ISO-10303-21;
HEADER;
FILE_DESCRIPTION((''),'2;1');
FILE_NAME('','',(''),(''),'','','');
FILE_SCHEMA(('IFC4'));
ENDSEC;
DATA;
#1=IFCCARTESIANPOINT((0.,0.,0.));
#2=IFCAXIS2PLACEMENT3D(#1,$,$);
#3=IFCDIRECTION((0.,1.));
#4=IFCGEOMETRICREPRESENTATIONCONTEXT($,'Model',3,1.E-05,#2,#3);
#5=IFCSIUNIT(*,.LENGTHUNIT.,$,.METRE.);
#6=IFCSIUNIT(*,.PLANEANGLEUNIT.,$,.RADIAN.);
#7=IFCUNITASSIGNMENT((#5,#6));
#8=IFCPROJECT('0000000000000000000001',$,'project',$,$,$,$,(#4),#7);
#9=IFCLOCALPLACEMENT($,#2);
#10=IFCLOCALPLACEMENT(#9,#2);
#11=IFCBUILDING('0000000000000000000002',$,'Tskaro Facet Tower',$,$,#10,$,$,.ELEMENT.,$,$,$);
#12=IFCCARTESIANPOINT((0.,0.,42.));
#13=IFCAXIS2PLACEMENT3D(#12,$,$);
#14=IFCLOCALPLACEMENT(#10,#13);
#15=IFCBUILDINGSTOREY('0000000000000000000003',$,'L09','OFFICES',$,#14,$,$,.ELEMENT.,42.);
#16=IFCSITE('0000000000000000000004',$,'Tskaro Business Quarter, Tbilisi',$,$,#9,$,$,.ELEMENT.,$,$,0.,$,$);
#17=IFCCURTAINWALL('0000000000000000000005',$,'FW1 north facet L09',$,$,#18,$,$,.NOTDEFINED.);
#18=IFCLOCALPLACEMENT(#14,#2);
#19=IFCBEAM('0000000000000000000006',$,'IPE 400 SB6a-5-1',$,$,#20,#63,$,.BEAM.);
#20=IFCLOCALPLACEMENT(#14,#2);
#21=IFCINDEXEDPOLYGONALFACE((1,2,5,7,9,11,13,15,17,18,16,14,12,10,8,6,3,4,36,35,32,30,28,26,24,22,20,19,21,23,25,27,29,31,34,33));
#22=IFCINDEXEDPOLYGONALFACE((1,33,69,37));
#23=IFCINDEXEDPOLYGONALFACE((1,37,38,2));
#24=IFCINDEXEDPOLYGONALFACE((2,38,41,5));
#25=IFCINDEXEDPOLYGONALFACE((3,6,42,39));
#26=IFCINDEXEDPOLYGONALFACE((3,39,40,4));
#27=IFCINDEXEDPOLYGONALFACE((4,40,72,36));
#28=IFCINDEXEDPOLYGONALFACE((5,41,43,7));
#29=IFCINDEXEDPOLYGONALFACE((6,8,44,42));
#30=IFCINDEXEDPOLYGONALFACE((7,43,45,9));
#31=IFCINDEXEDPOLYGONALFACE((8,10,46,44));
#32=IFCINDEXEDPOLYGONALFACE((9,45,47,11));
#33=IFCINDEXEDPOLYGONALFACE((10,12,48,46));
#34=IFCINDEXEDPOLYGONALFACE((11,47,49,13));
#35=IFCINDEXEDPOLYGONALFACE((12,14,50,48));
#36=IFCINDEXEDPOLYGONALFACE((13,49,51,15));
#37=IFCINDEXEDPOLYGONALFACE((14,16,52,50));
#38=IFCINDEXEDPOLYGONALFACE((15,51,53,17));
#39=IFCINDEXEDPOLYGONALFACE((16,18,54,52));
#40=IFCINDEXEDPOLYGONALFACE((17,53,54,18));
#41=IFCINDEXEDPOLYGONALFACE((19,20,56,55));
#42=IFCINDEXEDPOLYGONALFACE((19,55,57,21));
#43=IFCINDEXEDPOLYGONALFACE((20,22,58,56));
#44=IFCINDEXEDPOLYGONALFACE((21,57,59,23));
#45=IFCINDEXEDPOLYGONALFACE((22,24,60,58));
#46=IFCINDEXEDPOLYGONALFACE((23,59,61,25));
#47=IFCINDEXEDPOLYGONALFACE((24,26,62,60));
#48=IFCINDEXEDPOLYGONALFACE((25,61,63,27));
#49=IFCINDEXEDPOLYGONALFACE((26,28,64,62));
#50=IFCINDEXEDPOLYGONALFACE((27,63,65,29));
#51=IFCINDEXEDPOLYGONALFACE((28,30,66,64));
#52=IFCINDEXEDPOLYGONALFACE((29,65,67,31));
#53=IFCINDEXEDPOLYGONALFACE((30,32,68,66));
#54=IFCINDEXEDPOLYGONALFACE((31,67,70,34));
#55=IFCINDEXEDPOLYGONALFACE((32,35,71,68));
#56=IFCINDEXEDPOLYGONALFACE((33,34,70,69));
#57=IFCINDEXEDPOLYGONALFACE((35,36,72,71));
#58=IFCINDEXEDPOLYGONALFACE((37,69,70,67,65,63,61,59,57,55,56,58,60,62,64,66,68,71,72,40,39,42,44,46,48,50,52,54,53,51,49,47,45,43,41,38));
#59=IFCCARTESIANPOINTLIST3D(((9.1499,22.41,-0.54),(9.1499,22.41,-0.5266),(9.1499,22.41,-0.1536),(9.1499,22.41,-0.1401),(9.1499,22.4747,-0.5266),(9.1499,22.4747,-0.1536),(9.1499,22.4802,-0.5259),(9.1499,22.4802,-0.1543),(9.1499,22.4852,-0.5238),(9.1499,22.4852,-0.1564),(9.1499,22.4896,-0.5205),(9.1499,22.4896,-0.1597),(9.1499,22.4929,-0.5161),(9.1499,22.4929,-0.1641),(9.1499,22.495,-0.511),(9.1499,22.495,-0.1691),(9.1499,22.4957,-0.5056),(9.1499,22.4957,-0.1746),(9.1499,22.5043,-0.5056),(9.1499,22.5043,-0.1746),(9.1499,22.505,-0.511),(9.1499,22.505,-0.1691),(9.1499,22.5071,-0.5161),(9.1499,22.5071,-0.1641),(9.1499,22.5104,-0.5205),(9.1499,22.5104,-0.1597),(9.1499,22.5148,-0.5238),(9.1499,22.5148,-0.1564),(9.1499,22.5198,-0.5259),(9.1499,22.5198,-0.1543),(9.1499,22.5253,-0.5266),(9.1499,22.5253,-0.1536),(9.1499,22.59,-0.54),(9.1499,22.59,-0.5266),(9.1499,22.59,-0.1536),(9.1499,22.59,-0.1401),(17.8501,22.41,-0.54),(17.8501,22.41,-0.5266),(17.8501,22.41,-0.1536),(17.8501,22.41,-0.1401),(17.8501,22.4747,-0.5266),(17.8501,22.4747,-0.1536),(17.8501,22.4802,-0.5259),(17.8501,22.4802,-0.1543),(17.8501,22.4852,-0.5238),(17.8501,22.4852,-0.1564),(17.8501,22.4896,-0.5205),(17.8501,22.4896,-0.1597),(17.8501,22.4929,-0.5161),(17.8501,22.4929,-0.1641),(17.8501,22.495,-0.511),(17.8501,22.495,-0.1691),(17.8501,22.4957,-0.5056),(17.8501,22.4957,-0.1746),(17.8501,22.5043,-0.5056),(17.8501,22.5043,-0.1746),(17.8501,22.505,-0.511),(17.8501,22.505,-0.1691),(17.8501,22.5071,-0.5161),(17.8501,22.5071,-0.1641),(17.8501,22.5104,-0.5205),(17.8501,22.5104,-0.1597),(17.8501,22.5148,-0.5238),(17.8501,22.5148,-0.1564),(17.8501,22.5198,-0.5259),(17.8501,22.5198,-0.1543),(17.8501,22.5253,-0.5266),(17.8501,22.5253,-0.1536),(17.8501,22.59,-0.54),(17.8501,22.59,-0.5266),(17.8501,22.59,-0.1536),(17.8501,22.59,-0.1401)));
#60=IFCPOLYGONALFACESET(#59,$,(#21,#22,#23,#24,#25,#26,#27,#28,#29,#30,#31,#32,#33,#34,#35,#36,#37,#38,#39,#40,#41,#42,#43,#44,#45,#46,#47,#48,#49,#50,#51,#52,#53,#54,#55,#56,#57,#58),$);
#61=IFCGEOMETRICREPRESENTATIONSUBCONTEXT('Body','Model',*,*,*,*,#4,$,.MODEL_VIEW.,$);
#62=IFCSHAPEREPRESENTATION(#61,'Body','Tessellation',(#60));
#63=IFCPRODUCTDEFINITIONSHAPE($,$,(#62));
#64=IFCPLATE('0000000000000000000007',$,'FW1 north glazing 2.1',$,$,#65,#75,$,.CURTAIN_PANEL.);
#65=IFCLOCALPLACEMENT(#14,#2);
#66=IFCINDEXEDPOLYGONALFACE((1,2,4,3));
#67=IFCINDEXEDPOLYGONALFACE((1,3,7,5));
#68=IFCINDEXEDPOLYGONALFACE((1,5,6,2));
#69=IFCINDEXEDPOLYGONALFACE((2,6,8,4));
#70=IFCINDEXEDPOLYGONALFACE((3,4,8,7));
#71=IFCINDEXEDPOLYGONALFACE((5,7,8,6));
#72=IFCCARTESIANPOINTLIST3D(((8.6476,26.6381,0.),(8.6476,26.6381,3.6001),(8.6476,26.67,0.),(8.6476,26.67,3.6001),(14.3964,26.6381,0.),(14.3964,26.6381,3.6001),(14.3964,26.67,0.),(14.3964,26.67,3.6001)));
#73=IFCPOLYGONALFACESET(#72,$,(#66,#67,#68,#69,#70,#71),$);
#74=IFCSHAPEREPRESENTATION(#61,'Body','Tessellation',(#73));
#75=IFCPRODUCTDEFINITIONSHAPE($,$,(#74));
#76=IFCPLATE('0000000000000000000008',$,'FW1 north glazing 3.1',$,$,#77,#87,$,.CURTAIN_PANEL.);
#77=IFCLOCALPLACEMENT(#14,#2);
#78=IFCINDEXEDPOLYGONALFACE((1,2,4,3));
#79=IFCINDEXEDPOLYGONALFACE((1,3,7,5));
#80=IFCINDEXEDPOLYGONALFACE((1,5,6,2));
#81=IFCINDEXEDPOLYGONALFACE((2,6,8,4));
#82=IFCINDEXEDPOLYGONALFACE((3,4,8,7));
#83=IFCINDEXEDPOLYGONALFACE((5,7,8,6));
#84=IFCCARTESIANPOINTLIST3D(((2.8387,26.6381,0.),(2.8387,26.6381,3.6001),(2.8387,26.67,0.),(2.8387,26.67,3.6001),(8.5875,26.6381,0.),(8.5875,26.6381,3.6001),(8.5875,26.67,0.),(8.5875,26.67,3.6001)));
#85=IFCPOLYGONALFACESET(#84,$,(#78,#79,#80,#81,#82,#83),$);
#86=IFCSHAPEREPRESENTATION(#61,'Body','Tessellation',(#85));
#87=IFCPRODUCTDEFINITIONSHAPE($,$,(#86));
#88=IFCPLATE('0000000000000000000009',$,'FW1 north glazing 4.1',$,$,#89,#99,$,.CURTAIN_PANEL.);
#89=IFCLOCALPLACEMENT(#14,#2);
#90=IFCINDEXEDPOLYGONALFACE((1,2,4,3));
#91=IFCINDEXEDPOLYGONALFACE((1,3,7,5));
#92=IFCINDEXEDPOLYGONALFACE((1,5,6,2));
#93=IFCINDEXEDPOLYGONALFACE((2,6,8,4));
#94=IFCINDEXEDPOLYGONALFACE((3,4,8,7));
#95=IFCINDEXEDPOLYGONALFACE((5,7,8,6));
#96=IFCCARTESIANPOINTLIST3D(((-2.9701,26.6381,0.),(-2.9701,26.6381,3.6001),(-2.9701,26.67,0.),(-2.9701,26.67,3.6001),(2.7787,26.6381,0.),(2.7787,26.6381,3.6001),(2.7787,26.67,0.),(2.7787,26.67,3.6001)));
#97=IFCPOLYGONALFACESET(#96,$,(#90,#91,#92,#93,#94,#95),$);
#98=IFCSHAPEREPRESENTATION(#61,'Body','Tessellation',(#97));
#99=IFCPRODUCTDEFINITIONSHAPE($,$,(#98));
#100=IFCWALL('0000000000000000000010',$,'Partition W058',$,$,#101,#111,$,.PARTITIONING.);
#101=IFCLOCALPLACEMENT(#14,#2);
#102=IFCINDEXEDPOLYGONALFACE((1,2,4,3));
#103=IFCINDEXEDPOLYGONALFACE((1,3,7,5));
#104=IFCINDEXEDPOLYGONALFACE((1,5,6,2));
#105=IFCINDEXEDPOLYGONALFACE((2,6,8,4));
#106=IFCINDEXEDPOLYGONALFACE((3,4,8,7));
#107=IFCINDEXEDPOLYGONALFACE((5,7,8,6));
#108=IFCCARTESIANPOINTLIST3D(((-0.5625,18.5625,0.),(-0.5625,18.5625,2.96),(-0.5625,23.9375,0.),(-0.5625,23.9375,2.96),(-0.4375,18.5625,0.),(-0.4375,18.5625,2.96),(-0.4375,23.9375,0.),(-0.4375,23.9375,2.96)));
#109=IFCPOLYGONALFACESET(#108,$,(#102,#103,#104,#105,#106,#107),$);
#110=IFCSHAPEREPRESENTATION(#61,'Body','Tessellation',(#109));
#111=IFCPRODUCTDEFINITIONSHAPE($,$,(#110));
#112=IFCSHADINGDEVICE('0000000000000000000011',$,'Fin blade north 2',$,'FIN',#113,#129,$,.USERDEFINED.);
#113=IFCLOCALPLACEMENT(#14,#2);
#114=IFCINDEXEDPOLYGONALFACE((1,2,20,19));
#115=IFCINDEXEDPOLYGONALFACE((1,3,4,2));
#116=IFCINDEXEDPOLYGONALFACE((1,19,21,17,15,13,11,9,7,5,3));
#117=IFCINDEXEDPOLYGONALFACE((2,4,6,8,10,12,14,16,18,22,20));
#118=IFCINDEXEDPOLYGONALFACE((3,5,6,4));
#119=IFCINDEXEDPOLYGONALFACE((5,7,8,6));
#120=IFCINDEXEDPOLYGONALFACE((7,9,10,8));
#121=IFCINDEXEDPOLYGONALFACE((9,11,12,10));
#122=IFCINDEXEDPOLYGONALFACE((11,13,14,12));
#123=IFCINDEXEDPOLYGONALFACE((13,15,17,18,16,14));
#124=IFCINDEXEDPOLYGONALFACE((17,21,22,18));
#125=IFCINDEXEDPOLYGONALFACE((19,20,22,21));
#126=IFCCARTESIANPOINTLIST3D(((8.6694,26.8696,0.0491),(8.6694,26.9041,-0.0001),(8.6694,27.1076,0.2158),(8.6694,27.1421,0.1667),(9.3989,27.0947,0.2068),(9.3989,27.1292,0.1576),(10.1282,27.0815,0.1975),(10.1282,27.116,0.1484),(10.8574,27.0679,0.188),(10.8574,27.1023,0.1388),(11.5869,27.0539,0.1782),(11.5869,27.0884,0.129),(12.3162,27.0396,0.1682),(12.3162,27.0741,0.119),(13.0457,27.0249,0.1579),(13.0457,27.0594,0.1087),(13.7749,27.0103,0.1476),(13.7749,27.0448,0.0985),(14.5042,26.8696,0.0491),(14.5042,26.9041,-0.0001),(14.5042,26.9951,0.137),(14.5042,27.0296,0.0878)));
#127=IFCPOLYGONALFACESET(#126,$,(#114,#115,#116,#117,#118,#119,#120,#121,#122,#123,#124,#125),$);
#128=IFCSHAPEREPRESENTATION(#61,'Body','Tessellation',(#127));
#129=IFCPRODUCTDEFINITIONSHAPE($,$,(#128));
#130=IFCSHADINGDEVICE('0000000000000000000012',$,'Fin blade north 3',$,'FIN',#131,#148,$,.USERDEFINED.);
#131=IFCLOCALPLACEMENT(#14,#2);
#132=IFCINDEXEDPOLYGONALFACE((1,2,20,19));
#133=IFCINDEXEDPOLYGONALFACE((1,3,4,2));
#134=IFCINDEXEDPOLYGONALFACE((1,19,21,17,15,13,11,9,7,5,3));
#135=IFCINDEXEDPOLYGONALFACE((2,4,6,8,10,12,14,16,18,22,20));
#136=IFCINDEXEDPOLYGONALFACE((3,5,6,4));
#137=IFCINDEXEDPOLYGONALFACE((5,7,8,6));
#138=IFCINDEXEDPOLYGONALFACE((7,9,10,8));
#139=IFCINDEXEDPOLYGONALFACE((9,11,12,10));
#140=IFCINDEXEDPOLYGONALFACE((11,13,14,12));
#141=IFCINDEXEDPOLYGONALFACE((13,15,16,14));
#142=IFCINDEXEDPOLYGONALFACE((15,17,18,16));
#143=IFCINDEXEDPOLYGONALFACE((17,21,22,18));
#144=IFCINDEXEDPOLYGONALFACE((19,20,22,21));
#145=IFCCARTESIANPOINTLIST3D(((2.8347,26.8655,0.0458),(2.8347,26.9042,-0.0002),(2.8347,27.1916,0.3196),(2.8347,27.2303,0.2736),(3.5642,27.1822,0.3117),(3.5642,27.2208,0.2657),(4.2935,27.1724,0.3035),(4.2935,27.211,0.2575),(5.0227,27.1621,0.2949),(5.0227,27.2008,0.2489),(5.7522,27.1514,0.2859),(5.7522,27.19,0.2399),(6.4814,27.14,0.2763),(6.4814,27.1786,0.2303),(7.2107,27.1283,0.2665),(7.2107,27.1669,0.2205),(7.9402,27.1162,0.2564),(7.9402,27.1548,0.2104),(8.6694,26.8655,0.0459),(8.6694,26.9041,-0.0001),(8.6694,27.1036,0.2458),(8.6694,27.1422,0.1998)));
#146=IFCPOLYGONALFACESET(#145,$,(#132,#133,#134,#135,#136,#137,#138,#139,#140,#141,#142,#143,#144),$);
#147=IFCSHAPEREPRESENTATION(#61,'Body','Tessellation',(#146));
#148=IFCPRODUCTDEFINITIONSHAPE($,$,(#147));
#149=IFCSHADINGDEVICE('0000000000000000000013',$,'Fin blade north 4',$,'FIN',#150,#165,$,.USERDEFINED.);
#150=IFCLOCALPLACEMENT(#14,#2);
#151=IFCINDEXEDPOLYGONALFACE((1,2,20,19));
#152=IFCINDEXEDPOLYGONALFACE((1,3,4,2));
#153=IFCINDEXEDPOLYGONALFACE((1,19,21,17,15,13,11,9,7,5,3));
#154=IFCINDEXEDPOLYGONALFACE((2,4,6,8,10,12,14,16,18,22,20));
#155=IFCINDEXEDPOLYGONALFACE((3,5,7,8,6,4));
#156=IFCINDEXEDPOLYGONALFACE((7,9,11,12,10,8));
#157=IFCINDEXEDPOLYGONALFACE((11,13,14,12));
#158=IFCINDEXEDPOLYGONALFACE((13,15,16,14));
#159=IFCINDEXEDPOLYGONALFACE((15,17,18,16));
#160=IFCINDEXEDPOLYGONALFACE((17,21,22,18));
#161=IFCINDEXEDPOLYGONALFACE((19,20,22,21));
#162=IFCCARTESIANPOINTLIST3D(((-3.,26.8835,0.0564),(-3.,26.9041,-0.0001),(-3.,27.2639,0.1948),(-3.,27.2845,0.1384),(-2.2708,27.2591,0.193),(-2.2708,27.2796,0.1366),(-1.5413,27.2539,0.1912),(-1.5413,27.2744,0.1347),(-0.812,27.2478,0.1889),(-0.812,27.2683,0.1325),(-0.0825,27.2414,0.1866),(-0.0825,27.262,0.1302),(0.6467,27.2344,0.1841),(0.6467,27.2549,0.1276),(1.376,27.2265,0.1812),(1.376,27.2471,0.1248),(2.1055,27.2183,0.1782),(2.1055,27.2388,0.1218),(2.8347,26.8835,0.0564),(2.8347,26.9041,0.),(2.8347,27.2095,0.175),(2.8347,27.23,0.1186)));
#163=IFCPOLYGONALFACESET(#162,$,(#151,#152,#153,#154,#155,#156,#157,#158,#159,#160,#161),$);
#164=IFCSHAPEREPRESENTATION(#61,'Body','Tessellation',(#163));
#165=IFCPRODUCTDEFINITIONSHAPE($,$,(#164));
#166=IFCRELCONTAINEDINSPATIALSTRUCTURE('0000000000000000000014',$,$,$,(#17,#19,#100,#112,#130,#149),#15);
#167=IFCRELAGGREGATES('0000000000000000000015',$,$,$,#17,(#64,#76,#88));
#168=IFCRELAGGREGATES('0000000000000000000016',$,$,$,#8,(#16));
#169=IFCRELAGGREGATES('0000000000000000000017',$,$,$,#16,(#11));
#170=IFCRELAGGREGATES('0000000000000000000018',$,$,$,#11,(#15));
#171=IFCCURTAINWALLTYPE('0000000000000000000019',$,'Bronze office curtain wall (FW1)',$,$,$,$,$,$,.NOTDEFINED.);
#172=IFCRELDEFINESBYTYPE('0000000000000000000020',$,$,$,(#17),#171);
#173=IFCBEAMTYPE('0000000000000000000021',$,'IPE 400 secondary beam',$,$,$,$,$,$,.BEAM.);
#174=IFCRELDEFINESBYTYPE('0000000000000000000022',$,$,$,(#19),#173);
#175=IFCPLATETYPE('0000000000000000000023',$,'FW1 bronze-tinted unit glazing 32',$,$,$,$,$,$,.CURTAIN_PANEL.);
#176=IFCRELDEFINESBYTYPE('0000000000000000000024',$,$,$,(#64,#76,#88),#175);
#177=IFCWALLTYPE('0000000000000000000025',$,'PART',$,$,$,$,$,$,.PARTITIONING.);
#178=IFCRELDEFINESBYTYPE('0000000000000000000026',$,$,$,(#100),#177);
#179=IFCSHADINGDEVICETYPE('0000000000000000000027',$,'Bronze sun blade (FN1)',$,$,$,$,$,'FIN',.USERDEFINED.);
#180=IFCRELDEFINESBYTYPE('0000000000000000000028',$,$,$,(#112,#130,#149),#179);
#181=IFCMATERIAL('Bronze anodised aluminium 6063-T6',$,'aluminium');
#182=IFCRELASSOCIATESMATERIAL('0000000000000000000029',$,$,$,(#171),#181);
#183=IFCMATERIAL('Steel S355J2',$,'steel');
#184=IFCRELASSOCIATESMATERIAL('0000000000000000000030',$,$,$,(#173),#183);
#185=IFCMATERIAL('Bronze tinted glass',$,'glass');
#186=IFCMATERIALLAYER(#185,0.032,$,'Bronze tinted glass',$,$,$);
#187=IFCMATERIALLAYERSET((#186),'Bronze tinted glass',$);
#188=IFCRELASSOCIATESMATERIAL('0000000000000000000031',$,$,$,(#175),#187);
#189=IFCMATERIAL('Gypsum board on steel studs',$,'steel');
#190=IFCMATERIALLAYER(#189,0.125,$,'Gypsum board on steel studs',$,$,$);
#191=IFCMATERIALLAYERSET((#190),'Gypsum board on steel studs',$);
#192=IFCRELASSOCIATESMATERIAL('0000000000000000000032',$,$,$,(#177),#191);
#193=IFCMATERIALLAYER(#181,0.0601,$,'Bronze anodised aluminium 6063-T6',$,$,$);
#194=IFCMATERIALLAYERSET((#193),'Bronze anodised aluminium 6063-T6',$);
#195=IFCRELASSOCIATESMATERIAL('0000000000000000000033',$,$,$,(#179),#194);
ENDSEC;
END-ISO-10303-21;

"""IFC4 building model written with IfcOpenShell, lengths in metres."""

from ifc_helpers import new_model, si_unit, direction, frame, frame_2d, origin, origin_2d, place, context, subcontext, project, spatial, polyline, rectangle, i_section, outline, extrude, material, layer, layer_set, material_profile, profile_set, type_object, element, aggregate, save


model = new_model("IFC4")

# Units and contexts
model_context = context("Model", 3, precision=1e-05, world=origin(), true_north=direction((0.0, 1.0)))
body_context = subcontext(model_context, "Body", "Model", "MODEL_VIEW")
ifc_project = project(units=[si_unit("LENGTHUNIT", "METRE"), si_unit("PLANEANGLEUNIT", "RADIAN")], contexts=[model_context])

# Site, building, storey
site_placement = place(None, origin())
site = spatial("IfcSite", under=ifc_project, at=site_placement, Name="Tskaro Business Quarter, Tbilisi", CompositionType="ELEMENT", RefElevation=0.0)
building_placement = place(site_placement, origin())
building = spatial("IfcBuilding", under=site, at=building_placement, Name="Tskaro Facet Tower", CompositionType="ELEMENT")
storey_placement = place(building_placement, frame((0.0, 0.0, 42.0)))
storey = spatial("IfcBuildingStorey", under=building, at=storey_placement, Name="L09", Description="OFFICES", CompositionType="ELEMENT", Elevation=42.0)

# Curtain wall
ifc_material_1 = material(Name="Bronze anodised aluminium 6063-T6", Category="aluminium")
curtain_wall_type = type_object("IfcCurtainWallType", Name="Bronze office curtain wall (FW1)", PredefinedType="NOTDEFINED", material=ifc_material_1)
curtain_wall_placement = place(storey_placement, origin())
curtain_wall = element("IfcCurtainWall", 1, at=curtain_wall_placement, inside=storey, type_object=curtain_wall_type, Name="FW1 north facet L09", PredefinedType="NOTDEFINED")

# Beam
ifc_material_2 = material(Name="Steel S355J2", Category="steel")
ifc_material_profile_1 = material_profile(ifc_material_2, i_section(OverallWidth=0.1799, OverallDepth=0.3999, WebThickness=0.0085, FlangeThickness=0.0134, FilletRadius=0.021, at=origin_2d()), Name="IPE 400")
ifc_profile_set_1 = profile_set([ifc_material_profile_1], Name="Steel S355J2")
beam_type_1 = type_object("IfcBeamType", Name="IPE 400 secondary beam", PredefinedType="BEAM", material=ifc_profile_set_1)
for number, where, z_axis, x_axis, name in (
    (2, (9.1499, 22.5, -0.3401), (1.0, 0.0, 0.0), (0.0, 1.0, 0.0), "IPE 400 SB6a-5-1"),
):
    element("IfcBeam", number, at=place(storey_placement, frame(where, z_axis=z_axis, x_axis=x_axis)), inside=storey, type_object=beam_type_1, Name=name, PredefinedType="BEAM", context=body_context, shape_type="SweptSolid", body=[
        extrude(i_section(OverallWidth=0.1799, OverallDepth=0.3999, WebThickness=0.0085, FlangeThickness=0.0134, FilletRadius=0.021, at=origin_2d()), origin(), (0.0, 0.0, 1.0), 8.7002),
    ])

# Plates
ifc_material_3 = material(Name="Bronze tinted glass", Category="glass")
ifc_layer_1 = layer(ifc_material_3, 0.032, Name="Bronze tinted glass")
ifc_layer_set_1 = layer_set([ifc_layer_1], Name="Bronze tinted glass")
plate_type = type_object("IfcPlateType", Name="FW1 bronze-tinted unit glazing 32", PredefinedType="CURTAIN_PANEL", material=ifc_layer_set_1)
plate_1_placement = place(storey_placement, frame((11.522, 26.6541, 0.0), z_axis=(0.0, 0.0, 1.0), x_axis=(-1.0, 0.0, 0.0)))
plate_1 = element("IfcPlate", 3, at=plate_1_placement, type_object=plate_type, Name="FW1 north glazing 2.1", PredefinedType="CURTAIN_PANEL", context=body_context, shape_type="SweptSolid", body=[
    extrude(rectangle(XDim=5.7488, YDim=0.032, at=origin_2d()), origin(), (0.0, 0.0, 1.0), 3.6001),
])
plate_2_placement = place(storey_placement, frame((5.7131, 26.6541, 0.0), z_axis=(0.0, 0.0, 1.0), x_axis=(-1.0, 0.0, 0.0)))
plate_2 = element("IfcPlate", 4, at=plate_2_placement, type_object=plate_type, Name="FW1 north glazing 3.1", PredefinedType="CURTAIN_PANEL", context=body_context, shape_type="SweptSolid", body=[
    extrude(rectangle(XDim=5.7488, YDim=0.032, at=origin_2d()), origin(), (0.0, 0.0, 1.0), 3.6001),
])
plate_3_placement = place(storey_placement, frame((-0.0957, 26.6541, 0.0), z_axis=(0.0, 0.0, 1.0), x_axis=(-1.0, 0.0, 0.0)))
plate_3 = element("IfcPlate", 5, at=plate_3_placement, type_object=plate_type, Name="FW1 north glazing 4.1", PredefinedType="CURTAIN_PANEL", context=body_context, shape_type="SweptSolid", body=[
    extrude(rectangle(XDim=5.7488, YDim=0.032, at=origin_2d()), origin(), (0.0, 0.0, 1.0), 3.6001),
])
aggregate(curtain_wall, [plate_1, plate_2, plate_3])

# Wall
ifc_material_4 = material(Name="Gypsum board on steel studs", Category="steel")
ifc_layer_2 = layer(ifc_material_4, 0.125, Name="Gypsum board on steel studs")
ifc_layer_set_2 = layer_set([ifc_layer_2], Name="Gypsum board on steel studs")
wall_type = type_object("IfcWallType", Name="PART", PredefinedType="PARTITIONING", material=ifc_layer_set_2)
wall_placement = place(storey_placement, frame((-0.5, 18.5625, 0.0), z_axis=(0.0, 0.0, 1.0), x_axis=(0.0, 1.0, 0.0)))
element("IfcWall", 6, at=wall_placement, inside=storey, type_object=wall_type, Name="Partition W058", PredefinedType="PARTITIONING", context=body_context, shape_type="SweptSolid", body=[
    extrude(rectangle(XDim=5.375, YDim=0.125, at=frame_2d((2.6875, 0.0))), origin(), (0.0, 0.0, 1.0), 2.96),
])

# Shading devices
ifc_layer_3 = layer(ifc_material_1, 0.0601, Name="Bronze anodised aluminium 6063-T6")
ifc_layer_set_3 = layer_set([ifc_layer_3], Name="Bronze anodised aluminium 6063-T6")
shading_device_type = type_object("IfcShadingDeviceType", Name="Bronze sun blade (FN1)", ElementType="FIN", PredefinedType="USERDEFINED", material=ifc_layer_set_3)
shading_device_1_placement = place(storey_placement, frame((14.5042, 26.8696, 0.0491), z_axis=(-0.000004, -0.573906, 0.818921), x_axis=(-1.0, 0.000002, -0.000003)))
element("IfcShadingDevice", 7, at=shading_device_1_placement, inside=storey, type_object=shading_device_type, Name="Fin blade north 2", ObjectType="FIN", PredefinedType="USERDEFINED", context=body_context, shape_type="SweptSolid", body=[
    extrude(outline(polyline([(0.0, 0.0), (5.8347, 0.0), (5.8347, -0.2906), (5.1052, -0.2749), (4.376, -0.2587), (3.6467, -0.2421), (2.9172, -0.2251), (2.188, -0.2075), (1.4585, -0.1896), (0.7292, -0.1718), (0.0, -0.1532), (0.0, 0.0)])), origin(), (0.0, 0.0, -1.0), 0.0601),
])
shading_device_2_placement = place(storey_placement, frame((8.6694, 26.8655, 0.0459), z_axis=(-0.000018, -0.643004, 0.765863), x_axis=(-1.0, 0.000012, -0.000014)))
element("IfcShadingDevice", 8, at=shading_device_2_placement, inside=storey, type_object=shading_device_type, Name="Fin blade north 3", ObjectType="FIN", PredefinedType="USERDEFINED", context=body_context, shape_type="SweptSolid", body=[
    extrude(outline(polyline([(0.0, 0.0), (5.8347, 0.0), (5.8347, -0.4258), (5.1052, -0.4135), (4.376, -0.4006), (3.6467, -0.3873), (2.9172, -0.3733), (2.188, -0.3584), (1.4587, -0.3431), (0.7292, -0.3273), (0.0, -0.3109), (0.0, 0.0)])), origin(), (0.0, 0.0, -1.0), 0.0601),
])
shading_device_3_placement = place(storey_placement, frame((2.8347, 26.8835, 0.0564), z_axis=(-0.000002, -0.341953, 0.939717), x_axis=(-1.0, 0.000001, -0.000002)))
element("IfcShadingDevice", 9, at=shading_device_3_placement, inside=storey, type_object=shading_device_type, Name="Fin blade north 4", ObjectType="FIN", PredefinedType="USERDEFINED", context=body_context, shape_type="SweptSolid", body=[
    extrude(outline(polyline([(0.0, 0.0), (5.8347, 0.0), (5.8347, -0.4048), (5.1055, -0.3996), (4.376, -0.3941), (3.6467, -0.3876), (2.9172, -0.3808), (2.188, -0.3733), (1.4587, -0.365), (0.7292, -0.3562), (0.0, -0.3469), (0.0, 0.0)])), origin(), (0.0, 0.0, -1.0), 0.0601),
])

save(model, "model.ifc")
